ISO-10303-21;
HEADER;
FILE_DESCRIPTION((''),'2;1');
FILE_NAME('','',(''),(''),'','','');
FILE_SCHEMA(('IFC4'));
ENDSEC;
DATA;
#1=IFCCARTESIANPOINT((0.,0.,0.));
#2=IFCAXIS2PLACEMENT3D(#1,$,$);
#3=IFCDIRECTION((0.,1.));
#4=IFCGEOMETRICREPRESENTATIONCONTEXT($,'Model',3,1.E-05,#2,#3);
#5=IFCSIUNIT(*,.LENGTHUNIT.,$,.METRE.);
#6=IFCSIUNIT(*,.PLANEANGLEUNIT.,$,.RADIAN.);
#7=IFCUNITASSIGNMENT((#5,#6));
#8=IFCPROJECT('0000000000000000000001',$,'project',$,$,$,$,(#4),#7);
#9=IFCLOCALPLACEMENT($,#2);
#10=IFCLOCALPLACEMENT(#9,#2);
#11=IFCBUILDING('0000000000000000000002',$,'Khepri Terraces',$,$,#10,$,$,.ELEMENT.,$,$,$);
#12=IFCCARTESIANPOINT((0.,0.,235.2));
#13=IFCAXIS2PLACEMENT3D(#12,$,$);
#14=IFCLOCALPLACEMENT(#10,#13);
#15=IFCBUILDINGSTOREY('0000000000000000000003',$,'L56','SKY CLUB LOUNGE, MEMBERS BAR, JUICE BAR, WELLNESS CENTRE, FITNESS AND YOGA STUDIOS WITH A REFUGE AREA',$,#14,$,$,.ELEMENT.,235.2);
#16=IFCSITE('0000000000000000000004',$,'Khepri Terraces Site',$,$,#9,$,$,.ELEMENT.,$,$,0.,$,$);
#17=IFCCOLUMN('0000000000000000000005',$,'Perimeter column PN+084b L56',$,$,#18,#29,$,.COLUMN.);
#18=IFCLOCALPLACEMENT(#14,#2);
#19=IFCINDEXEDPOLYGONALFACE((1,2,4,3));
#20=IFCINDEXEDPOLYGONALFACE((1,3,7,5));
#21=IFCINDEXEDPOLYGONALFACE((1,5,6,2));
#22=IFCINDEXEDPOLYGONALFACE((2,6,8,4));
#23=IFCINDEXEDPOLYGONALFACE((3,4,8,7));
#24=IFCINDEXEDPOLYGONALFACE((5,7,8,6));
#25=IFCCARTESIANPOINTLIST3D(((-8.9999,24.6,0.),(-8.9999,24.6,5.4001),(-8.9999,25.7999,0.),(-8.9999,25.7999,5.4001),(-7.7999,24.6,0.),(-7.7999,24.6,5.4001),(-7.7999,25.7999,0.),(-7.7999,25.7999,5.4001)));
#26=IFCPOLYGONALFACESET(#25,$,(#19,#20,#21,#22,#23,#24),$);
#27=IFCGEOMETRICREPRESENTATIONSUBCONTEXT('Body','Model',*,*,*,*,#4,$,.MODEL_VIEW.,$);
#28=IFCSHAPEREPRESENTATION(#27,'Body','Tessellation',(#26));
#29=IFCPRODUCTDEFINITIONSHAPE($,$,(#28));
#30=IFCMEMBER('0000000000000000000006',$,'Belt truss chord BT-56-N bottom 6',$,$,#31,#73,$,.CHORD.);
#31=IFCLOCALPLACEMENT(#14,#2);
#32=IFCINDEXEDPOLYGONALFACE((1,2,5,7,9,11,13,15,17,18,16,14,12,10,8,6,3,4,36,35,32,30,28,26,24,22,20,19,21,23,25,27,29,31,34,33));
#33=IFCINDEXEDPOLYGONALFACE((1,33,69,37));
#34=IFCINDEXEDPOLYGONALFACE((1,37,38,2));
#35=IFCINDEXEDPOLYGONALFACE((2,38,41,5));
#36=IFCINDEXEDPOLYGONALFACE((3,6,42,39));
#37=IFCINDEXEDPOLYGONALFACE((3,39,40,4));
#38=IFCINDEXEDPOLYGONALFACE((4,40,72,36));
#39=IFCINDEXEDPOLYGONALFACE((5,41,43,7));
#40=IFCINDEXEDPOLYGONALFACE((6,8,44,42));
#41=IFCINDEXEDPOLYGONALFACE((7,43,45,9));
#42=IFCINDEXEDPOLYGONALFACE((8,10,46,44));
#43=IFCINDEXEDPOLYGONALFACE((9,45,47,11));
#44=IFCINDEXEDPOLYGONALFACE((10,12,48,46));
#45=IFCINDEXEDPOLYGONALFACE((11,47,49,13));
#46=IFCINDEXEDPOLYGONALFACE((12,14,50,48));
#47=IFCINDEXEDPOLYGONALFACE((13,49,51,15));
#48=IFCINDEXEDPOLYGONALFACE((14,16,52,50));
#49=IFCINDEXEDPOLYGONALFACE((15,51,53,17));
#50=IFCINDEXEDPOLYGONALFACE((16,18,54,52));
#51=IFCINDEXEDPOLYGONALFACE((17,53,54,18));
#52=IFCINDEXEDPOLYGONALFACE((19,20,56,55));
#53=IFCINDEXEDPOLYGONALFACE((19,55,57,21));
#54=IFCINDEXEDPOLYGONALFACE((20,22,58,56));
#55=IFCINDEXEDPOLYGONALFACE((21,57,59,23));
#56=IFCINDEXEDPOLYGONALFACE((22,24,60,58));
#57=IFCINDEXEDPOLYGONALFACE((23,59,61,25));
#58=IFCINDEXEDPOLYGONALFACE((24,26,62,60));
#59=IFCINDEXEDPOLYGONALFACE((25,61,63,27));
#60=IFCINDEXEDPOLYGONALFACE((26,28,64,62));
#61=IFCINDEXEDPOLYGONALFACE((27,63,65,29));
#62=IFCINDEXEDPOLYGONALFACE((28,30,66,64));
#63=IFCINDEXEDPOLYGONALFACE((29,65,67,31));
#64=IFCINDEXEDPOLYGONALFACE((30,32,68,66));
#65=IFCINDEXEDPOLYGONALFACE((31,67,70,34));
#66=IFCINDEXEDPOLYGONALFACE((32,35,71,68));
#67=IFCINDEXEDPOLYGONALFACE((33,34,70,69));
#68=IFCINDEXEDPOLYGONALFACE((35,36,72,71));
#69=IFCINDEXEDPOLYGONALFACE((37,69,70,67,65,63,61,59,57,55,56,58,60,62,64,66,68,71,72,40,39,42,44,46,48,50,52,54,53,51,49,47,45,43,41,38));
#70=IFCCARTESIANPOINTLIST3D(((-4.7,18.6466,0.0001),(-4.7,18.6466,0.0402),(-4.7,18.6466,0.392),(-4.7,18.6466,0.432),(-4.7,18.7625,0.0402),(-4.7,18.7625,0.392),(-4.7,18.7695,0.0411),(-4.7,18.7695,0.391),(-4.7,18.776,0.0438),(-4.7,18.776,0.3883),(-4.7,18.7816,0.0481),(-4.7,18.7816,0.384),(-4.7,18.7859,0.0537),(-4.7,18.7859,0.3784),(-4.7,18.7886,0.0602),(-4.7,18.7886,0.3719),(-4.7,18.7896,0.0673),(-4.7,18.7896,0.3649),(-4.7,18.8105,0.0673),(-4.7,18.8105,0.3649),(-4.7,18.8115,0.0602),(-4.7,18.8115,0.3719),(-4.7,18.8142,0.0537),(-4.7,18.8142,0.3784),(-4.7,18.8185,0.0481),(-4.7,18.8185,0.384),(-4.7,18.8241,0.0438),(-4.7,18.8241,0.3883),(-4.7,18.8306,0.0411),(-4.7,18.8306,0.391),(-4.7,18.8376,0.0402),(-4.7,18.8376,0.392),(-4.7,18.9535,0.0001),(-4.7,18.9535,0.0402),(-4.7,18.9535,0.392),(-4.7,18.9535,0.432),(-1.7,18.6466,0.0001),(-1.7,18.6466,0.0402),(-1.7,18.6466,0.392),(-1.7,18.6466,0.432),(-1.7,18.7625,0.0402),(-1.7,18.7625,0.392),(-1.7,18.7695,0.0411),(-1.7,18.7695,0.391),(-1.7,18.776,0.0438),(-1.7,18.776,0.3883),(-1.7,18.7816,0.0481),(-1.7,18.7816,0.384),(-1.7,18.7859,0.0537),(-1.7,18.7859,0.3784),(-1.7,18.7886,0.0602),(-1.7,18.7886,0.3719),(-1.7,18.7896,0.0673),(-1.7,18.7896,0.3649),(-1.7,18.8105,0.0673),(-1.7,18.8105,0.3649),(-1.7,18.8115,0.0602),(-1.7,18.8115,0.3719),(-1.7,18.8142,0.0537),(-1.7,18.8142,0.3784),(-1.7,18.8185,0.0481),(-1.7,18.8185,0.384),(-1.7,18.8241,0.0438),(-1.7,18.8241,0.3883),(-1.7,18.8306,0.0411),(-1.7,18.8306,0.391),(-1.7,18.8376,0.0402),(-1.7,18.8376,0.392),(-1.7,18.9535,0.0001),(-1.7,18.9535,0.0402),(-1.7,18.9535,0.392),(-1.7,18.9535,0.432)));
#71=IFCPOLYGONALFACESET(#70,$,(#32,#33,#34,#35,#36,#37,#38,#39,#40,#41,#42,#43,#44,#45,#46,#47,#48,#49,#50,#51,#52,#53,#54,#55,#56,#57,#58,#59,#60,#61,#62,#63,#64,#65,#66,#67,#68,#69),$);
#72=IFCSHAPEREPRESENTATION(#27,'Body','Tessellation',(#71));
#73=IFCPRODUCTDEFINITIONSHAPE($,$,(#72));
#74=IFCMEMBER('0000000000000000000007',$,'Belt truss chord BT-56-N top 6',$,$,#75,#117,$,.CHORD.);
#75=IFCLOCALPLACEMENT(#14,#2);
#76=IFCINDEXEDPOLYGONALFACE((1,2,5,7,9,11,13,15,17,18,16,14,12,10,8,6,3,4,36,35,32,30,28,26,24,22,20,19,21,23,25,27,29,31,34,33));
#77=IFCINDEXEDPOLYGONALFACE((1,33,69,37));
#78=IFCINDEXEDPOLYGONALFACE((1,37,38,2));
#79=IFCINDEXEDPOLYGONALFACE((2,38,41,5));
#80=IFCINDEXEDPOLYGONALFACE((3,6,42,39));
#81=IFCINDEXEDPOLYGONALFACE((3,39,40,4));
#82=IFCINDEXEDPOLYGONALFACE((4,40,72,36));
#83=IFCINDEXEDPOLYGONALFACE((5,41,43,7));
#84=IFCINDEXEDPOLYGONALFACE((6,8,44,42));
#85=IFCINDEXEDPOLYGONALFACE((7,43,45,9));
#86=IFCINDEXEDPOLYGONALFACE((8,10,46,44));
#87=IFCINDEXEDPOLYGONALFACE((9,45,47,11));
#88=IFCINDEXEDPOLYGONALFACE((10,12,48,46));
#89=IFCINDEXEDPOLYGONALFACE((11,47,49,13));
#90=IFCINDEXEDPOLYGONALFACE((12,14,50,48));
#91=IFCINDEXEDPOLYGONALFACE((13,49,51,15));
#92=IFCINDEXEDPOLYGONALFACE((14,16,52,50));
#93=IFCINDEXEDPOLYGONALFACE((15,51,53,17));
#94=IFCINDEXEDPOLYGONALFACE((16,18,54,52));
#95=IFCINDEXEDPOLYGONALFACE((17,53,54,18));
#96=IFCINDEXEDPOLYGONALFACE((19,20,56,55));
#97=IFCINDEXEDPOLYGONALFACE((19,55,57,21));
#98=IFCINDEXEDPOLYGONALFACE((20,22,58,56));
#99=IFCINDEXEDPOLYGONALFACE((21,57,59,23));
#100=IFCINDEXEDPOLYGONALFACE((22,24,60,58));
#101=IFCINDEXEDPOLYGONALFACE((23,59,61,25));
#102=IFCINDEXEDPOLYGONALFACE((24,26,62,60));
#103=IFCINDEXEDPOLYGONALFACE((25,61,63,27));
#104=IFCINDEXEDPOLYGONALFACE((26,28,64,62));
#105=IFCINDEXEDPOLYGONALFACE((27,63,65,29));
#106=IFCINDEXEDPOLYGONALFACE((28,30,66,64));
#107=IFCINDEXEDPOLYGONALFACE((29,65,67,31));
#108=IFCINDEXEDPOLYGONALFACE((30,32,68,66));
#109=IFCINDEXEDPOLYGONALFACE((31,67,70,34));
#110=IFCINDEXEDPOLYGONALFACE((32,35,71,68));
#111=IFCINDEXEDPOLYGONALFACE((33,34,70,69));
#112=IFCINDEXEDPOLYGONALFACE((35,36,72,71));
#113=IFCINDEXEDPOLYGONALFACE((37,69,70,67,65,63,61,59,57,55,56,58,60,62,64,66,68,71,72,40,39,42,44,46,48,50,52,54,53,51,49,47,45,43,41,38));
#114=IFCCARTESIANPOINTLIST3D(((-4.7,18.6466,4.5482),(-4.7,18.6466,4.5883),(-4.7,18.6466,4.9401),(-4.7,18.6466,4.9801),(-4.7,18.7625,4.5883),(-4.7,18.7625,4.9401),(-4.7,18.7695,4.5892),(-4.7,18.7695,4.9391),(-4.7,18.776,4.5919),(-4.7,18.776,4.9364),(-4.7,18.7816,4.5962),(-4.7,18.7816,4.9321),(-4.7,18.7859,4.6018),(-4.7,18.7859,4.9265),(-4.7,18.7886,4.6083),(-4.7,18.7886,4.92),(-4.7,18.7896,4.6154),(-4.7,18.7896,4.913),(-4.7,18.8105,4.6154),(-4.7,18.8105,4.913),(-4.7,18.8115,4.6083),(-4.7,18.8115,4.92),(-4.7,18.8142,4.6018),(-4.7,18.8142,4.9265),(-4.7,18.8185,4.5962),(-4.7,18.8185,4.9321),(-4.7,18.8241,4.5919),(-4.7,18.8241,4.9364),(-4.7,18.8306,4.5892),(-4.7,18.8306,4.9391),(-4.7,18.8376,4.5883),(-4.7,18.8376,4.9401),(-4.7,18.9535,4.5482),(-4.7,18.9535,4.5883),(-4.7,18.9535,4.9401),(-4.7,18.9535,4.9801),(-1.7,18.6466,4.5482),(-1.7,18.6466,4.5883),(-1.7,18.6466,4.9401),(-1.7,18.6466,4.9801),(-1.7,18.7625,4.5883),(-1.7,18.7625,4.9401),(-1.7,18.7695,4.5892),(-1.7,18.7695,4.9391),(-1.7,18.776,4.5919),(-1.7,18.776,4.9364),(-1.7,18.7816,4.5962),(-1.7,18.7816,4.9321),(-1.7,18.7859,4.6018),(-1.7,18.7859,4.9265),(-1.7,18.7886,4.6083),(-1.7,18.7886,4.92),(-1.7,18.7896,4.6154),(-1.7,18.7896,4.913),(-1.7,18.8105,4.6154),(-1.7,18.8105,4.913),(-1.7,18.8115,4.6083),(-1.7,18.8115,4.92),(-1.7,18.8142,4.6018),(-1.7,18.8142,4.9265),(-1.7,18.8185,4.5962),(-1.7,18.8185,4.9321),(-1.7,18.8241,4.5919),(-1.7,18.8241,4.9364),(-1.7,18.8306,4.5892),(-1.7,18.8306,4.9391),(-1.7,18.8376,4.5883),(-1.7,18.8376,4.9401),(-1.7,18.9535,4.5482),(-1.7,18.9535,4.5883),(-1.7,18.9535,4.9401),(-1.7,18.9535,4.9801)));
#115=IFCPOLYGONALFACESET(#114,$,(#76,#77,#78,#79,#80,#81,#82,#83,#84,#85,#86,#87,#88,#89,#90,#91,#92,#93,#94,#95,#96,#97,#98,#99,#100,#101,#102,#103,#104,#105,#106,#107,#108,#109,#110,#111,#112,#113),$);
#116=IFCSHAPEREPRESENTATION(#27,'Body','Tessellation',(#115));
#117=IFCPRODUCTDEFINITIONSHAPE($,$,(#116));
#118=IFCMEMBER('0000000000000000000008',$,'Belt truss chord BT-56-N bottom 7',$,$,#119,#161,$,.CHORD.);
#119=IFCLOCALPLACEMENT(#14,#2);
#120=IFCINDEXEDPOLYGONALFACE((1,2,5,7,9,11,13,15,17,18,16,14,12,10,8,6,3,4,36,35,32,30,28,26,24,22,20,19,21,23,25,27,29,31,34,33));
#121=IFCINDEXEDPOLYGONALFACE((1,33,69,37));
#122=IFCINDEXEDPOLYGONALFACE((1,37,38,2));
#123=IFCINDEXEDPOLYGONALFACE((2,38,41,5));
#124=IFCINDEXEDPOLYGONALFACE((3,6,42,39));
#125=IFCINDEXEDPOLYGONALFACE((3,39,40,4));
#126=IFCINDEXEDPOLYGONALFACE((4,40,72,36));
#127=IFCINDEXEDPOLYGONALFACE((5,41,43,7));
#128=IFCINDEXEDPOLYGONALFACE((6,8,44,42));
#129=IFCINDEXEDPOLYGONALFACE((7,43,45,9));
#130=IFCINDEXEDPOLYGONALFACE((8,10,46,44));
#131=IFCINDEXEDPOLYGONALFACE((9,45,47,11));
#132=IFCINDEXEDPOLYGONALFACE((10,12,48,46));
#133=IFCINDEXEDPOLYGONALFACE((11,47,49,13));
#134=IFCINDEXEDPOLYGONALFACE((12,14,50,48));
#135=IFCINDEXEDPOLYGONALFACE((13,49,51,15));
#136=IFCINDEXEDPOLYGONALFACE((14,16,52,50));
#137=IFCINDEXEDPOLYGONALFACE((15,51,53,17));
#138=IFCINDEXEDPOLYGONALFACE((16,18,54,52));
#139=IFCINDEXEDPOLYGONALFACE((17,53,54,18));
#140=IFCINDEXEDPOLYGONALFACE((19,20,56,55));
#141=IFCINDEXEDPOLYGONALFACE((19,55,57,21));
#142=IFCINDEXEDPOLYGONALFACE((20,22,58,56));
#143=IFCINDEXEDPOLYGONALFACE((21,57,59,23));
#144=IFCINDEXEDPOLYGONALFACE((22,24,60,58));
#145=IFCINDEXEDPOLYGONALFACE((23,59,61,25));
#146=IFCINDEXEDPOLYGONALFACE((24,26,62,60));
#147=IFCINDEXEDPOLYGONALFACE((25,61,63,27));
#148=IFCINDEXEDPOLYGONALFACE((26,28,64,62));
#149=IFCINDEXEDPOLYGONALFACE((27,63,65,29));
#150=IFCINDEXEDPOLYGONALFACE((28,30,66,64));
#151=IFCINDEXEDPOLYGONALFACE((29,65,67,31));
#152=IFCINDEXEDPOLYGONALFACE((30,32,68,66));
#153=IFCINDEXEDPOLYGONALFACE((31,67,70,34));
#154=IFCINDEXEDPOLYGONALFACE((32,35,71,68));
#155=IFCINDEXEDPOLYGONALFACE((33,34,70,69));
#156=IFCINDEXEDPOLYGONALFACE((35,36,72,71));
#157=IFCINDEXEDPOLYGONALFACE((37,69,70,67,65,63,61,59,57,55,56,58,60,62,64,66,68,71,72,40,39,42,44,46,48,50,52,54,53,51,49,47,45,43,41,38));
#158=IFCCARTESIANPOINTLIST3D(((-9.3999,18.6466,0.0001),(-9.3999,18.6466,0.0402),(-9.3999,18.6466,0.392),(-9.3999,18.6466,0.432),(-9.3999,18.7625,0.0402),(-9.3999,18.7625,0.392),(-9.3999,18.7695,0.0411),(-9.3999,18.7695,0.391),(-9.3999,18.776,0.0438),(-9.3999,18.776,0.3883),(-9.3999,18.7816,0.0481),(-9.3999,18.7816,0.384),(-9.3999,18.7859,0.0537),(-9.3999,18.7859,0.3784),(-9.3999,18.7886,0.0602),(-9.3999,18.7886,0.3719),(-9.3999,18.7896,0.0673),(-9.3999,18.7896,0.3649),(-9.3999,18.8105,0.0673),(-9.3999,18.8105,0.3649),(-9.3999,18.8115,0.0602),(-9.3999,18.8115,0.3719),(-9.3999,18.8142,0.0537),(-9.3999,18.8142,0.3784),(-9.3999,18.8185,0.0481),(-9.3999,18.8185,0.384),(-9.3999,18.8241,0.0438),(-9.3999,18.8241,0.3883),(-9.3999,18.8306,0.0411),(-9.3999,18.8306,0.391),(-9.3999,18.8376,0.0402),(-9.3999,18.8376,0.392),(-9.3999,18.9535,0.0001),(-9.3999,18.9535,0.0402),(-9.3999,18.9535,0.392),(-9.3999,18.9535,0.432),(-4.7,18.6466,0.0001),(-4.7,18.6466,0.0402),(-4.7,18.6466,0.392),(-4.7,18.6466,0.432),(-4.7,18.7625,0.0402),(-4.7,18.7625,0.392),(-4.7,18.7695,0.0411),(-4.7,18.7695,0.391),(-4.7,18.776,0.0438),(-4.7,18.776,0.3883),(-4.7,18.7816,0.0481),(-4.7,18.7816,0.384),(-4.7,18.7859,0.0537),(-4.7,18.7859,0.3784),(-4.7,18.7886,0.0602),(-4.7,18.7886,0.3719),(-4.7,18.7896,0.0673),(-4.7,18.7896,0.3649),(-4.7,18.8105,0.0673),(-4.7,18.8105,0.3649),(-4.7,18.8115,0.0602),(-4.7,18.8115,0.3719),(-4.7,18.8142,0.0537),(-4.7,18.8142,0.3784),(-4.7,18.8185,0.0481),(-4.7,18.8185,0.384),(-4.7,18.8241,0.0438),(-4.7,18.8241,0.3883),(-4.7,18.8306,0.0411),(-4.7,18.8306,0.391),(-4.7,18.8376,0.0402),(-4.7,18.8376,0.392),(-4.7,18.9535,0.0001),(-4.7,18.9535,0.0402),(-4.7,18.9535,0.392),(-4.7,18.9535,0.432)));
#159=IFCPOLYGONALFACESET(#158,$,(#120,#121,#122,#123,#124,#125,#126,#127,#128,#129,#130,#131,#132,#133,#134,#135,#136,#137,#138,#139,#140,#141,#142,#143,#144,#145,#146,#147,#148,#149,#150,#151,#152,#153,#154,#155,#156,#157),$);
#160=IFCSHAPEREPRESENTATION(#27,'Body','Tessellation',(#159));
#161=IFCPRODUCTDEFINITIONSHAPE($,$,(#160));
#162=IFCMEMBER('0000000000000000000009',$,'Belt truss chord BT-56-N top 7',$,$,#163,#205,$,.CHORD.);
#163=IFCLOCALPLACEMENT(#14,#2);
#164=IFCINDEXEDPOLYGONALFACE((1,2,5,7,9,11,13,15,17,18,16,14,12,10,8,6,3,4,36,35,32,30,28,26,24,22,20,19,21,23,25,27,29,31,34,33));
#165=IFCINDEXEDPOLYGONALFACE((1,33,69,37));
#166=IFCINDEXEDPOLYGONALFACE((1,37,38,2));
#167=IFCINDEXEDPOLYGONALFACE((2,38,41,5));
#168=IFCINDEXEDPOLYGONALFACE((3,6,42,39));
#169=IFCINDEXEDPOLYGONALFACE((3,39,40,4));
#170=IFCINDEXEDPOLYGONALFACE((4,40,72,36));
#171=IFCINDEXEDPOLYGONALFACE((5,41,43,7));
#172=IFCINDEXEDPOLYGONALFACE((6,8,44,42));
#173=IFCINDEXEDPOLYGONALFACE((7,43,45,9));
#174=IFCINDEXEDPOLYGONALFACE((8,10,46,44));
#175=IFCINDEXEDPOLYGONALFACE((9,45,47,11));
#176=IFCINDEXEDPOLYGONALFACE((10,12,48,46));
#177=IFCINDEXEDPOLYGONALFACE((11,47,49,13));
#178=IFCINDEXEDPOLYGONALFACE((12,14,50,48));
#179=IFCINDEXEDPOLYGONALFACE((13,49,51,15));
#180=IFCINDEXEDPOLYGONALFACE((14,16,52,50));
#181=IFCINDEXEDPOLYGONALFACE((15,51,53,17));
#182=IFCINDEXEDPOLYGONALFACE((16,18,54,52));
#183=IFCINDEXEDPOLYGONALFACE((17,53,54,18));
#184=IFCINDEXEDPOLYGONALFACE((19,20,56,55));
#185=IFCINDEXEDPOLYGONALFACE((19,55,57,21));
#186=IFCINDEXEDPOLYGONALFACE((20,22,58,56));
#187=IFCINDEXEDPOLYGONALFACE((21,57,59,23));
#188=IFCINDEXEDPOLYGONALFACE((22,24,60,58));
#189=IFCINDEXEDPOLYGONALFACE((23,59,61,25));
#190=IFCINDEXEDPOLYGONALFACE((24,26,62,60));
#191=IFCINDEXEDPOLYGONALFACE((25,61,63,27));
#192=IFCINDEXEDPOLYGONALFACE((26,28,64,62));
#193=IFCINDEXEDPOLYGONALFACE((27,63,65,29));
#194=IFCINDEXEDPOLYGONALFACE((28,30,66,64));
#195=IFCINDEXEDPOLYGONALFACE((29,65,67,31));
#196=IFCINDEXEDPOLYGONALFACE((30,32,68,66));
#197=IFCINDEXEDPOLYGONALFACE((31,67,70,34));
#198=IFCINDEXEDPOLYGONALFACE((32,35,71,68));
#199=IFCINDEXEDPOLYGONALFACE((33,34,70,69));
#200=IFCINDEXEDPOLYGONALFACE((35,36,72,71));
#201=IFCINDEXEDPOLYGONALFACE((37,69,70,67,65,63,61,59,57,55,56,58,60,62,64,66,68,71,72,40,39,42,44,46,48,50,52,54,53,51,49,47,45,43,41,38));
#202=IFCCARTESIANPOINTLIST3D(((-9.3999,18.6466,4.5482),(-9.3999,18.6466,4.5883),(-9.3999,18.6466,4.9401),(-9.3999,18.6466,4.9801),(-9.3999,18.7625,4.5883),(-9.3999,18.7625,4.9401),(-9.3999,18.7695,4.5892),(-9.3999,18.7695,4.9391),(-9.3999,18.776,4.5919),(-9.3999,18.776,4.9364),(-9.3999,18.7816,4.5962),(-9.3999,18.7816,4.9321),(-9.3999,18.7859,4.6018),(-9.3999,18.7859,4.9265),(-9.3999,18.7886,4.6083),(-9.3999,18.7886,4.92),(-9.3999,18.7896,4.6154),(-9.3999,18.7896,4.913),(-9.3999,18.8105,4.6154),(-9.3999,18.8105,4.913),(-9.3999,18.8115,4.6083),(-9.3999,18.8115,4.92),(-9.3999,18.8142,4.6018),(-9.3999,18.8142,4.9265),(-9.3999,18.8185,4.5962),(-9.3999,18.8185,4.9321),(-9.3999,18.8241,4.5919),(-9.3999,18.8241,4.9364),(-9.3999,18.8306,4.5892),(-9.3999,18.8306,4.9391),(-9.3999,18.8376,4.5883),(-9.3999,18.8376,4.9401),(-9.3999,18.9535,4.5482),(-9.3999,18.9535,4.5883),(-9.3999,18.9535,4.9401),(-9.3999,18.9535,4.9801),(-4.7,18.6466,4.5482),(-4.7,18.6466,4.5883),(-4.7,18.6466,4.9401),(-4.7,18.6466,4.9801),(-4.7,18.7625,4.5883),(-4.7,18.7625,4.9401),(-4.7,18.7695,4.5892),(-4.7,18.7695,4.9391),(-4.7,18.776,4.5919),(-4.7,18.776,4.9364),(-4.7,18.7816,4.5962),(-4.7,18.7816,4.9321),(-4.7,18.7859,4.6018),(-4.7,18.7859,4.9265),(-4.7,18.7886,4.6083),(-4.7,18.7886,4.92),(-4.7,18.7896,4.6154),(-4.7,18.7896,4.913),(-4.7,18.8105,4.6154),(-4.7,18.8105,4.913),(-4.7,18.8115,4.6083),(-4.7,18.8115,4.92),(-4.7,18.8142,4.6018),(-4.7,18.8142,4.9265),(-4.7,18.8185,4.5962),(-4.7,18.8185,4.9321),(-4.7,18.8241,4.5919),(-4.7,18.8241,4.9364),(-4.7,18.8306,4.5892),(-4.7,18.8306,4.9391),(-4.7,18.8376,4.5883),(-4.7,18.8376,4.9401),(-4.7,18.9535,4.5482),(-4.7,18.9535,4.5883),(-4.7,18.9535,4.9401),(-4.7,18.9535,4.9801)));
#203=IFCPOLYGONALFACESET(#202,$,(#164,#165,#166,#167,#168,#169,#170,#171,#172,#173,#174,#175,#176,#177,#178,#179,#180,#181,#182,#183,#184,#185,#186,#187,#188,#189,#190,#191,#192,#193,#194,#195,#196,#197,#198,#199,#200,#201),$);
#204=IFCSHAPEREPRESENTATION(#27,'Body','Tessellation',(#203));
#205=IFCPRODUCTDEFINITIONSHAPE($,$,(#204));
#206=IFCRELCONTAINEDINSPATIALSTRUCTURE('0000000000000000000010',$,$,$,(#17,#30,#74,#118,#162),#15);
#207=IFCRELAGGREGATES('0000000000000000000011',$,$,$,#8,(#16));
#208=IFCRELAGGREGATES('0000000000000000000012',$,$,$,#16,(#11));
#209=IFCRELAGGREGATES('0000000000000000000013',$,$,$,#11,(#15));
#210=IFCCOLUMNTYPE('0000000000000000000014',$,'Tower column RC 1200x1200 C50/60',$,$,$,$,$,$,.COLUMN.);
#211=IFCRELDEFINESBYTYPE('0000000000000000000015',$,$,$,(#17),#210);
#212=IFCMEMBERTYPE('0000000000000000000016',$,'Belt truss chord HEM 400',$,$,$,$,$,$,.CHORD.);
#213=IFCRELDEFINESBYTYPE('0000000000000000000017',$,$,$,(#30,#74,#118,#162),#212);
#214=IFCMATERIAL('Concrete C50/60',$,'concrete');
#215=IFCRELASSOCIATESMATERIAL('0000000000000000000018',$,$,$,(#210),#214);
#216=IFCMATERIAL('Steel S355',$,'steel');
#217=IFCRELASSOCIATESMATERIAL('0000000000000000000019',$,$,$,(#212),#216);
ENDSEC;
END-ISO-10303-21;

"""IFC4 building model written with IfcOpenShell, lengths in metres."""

from ifc_helpers import new_model, si_unit, direction, frame, origin, origin_2d, place, context, subcontext, project, spatial, rectangle, i_section, extrude, material, material_profile, profile_set, type_object, element, save


model = new_model("IFC4")

# Units and contexts
model_context = context("Model", 3, precision=1e-05, world=origin(), true_north=direction((0.0, 1.0)))
body_context = subcontext(model_context, "Body", "Model", "MODEL_VIEW")
ifc_project = project(units=[si_unit("LENGTHUNIT", "METRE"), si_unit("PLANEANGLEUNIT", "RADIAN")], contexts=[model_context])

# Site, building, storey
site_placement = place(None, origin())
site = spatial("IfcSite", under=ifc_project, at=site_placement, Name="Khepri Terraces Site", CompositionType="ELEMENT", RefElevation=0.0)
building_placement = place(site_placement, origin())
building = spatial("IfcBuilding", under=site, at=building_placement, Name="Khepri Terraces", CompositionType="ELEMENT")
storey_placement = place(building_placement, frame((0.0, 0.0, 235.2)))
storey = spatial("IfcBuildingStorey", under=building, at=storey_placement, Name="L56", Description="SKY CLUB LOUNGE, MEMBERS BAR, JUICE BAR, WELLNESS CENTRE, FITNESS AND YOGA STUDIOS WITH A REFUGE AREA", CompositionType="ELEMENT", Elevation=235.2)

# Column
ifc_material_1 = material(Name="Concrete C50/60", Category="concrete")
ifc_material_profile_1 = material_profile(ifc_material_1, rectangle(XDim=1.2, YDim=1.2, at=origin_2d()), Name="Concrete C50/60", Category="concrete")
ifc_profile_set_1 = profile_set([ifc_material_profile_1], Name="Concrete C50/60")
column_type = type_object("IfcColumnType", Name="Tower column RC 1200x1200 C50/60", PredefinedType="COLUMN", material=ifc_profile_set_1)
column_placement = place(storey_placement, frame((-8.3999, 25.2, 0.0), z_axis=(0.0, 0.0, 1.0), x_axis=(1.0, 0.0, 0.0)))
element("IfcColumn", 1, at=column_placement, inside=storey, type_object=column_type, Name="Perimeter column PN+084b L56", PredefinedType="COLUMN", context=body_context, shape_type="SweptSolid", body=[
    extrude(rectangle(XDim=1.2, YDim=1.2, at=origin_2d()), origin(), (0.0, 0.0, 1.0), 5.4001),
])

# Members
ifc_material_2 = material(Name="Steel S355", Category="steel")
ifc_material_profile_2 = material_profile(ifc_material_2, i_section(OverallWidth=0.3069, OverallDepth=0.4319, WebThickness=0.021, FlangeThickness=0.04, FilletRadius=0.0271, at=origin_2d()), Name="Steel S355", Category="steel")
ifc_profile_set_2 = profile_set([ifc_material_profile_2], Name="Steel S355")
member_type_1 = type_object("IfcMemberType", Name="Belt truss chord HEM 400", PredefinedType="CHORD", material=ifc_profile_set_2)
for number, where, z_axis, x_axis, name in (
    (2, (-1.7, 18.8, 0.2161), (-1.0, 0.0, 0.0), (0.0, -1.0, 0.0), "Belt truss chord BT-56-N bottom 6"),
    (3, (-1.7, 18.8, 4.7642), (-1.0, 0.0, 0.0), (0.0, -1.0, 0.0), "Belt truss chord BT-56-N top 6"),
):
    element("IfcMember", number, at=place(storey_placement, frame(where, z_axis=z_axis, x_axis=x_axis)), inside=storey, type_object=member_type_1, Name=name, PredefinedType="CHORD", context=body_context, shape_type="SweptSolid", body=[
        extrude(i_section(OverallWidth=0.3069, OverallDepth=0.4319, WebThickness=0.021, FlangeThickness=0.04, FilletRadius=0.0271, at=origin_2d()), origin(), (0.0, 0.0, 1.0), 3.0),
    ])
for number, where, z_axis, x_axis, name in (
    (4, (-4.7, 18.8, 0.2161), (-1.0, 0.0, 0.0), (0.0, -1.0, 0.0), "Belt truss chord BT-56-N bottom 7"),
    (5, (-4.7, 18.8, 4.7642), (-1.0, 0.0, 0.0), (0.0, -1.0, 0.0), "Belt truss chord BT-56-N top 7"),
):
    element("IfcMember", number, at=place(storey_placement, frame(where, z_axis=z_axis, x_axis=x_axis)), inside=storey, type_object=member_type_1, Name=name, PredefinedType="CHORD", context=body_context, shape_type="SweptSolid", body=[
        extrude(i_section(OverallWidth=0.3069, OverallDepth=0.4319, WebThickness=0.021, FlangeThickness=0.04, FilletRadius=0.0271, at=origin_2d()), origin(), (0.0, 0.0, 1.0), 4.7),
    ])

save(model, "model.ifc")
